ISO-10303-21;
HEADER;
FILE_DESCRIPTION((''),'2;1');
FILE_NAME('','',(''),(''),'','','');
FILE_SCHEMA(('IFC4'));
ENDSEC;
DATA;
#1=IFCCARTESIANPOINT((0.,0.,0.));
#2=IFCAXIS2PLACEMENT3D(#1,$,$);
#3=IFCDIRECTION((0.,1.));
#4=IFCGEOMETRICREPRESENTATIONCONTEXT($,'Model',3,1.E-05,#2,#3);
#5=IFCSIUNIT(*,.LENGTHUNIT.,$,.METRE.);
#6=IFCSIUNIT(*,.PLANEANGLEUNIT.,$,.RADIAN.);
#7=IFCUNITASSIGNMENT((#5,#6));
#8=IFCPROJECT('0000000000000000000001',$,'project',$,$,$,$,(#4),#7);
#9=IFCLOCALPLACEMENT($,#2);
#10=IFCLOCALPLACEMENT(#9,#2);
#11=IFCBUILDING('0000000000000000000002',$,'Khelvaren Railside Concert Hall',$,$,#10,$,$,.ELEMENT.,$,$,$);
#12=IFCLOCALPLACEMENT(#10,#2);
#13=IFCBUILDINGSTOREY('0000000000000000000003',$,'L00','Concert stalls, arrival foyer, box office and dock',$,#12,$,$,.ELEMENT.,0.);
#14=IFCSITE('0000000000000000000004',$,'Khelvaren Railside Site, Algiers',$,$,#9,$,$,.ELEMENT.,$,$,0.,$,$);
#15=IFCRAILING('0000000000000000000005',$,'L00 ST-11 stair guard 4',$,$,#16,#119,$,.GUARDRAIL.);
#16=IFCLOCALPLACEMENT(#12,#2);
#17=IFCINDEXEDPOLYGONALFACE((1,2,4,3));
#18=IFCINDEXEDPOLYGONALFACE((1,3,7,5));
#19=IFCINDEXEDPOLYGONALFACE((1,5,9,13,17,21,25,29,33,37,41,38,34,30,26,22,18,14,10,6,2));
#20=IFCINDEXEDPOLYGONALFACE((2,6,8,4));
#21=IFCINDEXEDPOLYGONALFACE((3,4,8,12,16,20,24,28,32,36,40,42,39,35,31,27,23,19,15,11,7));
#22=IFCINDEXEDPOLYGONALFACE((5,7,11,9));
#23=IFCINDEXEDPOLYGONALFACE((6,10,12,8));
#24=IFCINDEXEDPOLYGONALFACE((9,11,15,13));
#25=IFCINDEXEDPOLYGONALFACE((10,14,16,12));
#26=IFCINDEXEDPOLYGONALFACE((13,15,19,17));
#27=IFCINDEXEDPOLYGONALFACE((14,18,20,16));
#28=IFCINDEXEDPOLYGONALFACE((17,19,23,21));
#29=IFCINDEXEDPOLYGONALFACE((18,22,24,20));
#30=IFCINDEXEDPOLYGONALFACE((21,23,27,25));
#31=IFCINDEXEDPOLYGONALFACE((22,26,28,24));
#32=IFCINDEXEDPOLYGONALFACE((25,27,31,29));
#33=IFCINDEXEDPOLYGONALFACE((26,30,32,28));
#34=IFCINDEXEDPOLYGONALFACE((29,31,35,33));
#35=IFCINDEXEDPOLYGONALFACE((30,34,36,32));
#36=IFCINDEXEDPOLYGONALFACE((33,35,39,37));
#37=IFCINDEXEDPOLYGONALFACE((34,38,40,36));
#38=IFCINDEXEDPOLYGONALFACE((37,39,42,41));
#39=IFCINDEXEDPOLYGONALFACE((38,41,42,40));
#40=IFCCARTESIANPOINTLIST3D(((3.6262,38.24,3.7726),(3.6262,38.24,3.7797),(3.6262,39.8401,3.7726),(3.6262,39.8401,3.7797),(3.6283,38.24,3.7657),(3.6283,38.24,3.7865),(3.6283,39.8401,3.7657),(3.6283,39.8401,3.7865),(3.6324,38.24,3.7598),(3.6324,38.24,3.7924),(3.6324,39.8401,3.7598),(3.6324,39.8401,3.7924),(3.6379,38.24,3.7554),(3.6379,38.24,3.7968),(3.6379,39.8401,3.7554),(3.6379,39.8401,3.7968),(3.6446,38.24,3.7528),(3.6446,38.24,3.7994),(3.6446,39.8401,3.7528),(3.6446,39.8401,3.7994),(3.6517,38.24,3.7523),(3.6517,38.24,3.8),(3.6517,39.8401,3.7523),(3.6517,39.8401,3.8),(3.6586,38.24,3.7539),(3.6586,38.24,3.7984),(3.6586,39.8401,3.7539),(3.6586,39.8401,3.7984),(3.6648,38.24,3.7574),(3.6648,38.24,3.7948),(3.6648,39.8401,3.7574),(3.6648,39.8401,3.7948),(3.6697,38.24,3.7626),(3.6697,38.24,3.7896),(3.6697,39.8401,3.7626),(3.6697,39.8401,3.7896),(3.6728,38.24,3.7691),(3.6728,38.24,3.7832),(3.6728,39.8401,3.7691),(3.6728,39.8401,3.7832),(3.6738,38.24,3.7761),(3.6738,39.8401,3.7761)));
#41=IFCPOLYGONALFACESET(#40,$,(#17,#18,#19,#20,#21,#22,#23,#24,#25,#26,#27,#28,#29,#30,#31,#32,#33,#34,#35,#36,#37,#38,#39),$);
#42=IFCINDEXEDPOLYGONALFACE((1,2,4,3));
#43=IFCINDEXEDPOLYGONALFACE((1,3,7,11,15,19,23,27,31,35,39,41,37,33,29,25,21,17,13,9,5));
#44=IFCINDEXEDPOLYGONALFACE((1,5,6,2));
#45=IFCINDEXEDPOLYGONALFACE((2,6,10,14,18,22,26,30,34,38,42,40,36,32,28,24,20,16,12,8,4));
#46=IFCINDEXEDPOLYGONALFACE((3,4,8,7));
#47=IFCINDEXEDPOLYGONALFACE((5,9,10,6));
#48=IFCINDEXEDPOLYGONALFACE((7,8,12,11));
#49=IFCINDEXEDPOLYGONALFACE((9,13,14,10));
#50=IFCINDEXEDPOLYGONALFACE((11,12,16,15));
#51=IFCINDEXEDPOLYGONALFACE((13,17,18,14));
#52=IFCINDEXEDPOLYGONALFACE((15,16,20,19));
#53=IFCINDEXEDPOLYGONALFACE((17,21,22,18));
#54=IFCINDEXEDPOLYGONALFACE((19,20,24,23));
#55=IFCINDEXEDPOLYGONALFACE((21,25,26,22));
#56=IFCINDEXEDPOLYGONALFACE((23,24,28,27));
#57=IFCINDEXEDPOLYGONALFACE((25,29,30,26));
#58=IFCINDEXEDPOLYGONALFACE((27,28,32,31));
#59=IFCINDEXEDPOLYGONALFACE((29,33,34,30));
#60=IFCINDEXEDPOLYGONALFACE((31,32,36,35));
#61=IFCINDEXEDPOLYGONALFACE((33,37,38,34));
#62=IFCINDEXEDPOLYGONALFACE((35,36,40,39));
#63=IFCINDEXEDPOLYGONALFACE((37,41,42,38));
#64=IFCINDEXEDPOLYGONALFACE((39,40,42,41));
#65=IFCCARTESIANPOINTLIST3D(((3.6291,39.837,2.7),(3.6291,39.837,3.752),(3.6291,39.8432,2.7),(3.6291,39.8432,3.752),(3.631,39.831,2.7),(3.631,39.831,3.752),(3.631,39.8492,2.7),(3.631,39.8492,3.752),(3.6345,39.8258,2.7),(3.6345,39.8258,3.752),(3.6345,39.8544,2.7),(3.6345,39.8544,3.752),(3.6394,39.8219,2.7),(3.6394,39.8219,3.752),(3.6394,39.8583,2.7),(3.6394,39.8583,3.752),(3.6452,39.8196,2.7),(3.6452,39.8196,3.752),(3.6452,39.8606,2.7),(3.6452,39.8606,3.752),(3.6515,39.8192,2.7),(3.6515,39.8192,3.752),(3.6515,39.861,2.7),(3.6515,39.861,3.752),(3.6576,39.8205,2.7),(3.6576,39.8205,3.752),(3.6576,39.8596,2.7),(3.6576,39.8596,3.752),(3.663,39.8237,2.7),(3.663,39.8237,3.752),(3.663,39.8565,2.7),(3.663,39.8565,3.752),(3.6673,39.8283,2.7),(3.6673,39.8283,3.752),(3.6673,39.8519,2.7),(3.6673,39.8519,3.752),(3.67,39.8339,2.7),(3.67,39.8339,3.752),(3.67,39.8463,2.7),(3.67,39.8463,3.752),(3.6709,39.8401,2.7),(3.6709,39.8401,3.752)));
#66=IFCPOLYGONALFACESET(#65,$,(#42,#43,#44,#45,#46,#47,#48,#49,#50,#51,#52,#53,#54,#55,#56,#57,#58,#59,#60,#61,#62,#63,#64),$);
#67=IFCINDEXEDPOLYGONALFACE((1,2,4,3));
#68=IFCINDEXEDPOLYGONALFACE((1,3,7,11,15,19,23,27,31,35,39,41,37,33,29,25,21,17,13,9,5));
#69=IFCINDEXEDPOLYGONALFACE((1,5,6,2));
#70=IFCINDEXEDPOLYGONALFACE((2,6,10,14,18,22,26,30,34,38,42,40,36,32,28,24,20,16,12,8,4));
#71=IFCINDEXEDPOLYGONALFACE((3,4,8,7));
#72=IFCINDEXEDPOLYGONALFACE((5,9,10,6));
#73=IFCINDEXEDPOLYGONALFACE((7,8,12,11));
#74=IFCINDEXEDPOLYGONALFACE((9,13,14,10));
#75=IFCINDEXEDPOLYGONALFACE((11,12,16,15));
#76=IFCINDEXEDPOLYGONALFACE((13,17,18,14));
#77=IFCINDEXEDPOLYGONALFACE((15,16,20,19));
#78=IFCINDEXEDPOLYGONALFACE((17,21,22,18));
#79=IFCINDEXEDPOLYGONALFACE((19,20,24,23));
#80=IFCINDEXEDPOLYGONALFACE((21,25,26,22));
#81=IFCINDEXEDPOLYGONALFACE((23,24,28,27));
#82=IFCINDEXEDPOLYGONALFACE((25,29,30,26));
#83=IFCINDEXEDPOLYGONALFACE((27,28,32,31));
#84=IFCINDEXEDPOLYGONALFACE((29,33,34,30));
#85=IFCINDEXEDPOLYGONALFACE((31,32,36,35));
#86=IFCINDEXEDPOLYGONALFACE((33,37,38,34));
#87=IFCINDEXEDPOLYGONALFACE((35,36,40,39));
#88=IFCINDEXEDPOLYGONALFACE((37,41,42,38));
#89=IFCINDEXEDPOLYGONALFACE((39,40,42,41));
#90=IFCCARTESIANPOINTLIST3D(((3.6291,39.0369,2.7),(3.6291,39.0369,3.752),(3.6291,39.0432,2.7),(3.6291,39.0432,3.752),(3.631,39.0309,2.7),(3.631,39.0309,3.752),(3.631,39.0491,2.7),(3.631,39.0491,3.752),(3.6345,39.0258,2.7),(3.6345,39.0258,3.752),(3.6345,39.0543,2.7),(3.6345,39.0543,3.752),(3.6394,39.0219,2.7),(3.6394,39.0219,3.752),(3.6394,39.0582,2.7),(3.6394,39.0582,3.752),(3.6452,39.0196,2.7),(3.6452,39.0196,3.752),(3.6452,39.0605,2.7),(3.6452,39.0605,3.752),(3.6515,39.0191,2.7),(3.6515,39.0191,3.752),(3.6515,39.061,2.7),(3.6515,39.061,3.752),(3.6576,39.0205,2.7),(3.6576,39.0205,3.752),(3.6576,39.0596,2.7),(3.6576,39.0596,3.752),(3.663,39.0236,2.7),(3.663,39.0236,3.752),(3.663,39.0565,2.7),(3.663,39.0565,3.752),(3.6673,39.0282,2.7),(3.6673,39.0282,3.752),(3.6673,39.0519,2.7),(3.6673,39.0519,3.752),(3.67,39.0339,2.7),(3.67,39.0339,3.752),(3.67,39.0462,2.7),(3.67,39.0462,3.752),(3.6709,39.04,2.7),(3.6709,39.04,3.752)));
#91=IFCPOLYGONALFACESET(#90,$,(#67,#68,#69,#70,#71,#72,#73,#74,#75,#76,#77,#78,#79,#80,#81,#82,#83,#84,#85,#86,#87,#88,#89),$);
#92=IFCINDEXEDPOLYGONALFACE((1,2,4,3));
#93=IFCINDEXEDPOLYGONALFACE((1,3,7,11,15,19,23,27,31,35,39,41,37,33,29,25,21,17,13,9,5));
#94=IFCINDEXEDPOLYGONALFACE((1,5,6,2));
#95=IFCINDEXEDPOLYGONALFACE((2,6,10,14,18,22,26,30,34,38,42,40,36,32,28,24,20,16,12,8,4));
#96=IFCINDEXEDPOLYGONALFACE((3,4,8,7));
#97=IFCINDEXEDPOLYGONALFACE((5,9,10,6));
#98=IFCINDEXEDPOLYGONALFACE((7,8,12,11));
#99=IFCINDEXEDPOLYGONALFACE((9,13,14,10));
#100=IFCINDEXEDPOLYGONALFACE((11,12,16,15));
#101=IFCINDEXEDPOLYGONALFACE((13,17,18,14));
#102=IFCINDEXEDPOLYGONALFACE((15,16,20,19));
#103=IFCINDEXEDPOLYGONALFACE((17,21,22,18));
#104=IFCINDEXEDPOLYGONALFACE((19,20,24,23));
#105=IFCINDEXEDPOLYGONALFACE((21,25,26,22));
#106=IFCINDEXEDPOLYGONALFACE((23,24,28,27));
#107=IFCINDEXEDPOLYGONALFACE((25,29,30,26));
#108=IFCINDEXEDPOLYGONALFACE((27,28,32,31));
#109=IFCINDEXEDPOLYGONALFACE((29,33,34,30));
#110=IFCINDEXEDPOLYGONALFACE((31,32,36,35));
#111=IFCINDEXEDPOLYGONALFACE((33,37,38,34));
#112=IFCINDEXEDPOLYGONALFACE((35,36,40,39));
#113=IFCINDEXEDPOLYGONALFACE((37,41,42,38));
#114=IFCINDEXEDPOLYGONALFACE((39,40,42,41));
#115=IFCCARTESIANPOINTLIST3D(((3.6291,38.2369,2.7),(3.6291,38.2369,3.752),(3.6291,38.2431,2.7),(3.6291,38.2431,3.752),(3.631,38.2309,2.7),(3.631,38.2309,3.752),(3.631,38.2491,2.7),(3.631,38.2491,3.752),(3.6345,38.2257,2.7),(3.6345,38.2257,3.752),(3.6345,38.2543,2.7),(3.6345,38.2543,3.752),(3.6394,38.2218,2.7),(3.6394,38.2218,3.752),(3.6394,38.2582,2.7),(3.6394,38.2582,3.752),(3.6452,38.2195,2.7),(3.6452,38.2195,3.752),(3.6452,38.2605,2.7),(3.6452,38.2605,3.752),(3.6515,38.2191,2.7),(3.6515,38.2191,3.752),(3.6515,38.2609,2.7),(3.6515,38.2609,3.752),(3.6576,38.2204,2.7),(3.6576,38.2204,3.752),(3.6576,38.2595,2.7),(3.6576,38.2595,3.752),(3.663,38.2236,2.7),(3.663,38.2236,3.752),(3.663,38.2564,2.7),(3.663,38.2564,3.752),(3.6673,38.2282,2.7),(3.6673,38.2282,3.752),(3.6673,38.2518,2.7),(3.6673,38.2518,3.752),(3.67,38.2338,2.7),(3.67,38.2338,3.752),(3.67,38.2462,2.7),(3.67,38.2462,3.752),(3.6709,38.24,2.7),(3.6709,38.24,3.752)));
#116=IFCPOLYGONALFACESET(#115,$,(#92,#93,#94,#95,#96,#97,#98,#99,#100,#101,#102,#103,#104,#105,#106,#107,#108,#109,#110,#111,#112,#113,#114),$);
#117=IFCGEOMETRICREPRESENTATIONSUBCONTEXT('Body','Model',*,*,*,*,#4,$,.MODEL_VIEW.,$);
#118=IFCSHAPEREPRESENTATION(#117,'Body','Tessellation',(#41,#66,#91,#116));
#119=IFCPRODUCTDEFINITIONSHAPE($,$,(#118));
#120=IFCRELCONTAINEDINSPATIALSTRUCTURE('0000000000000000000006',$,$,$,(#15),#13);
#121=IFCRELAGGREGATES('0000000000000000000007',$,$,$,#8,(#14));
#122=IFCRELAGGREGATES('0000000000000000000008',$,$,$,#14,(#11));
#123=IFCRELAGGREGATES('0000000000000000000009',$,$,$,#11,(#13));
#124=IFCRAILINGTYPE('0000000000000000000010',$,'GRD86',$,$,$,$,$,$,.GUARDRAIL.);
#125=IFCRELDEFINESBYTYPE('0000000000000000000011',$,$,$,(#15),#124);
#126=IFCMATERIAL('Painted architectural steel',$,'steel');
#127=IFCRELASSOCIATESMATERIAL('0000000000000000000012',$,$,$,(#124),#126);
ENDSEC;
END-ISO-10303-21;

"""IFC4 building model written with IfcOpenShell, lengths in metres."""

from ifc_helpers import new_model, si_unit, direction, frame, origin, origin_2d, place, context, subcontext, project, spatial, circle, extrude, material, type_object, element, save


model = new_model("IFC4")

# Units and contexts
model_context = context("Model", 3, precision=1e-05, world=origin(), true_north=direction((0.0, 1.0)))
body_context = subcontext(model_context, "Body", "Model", "MODEL_VIEW")
ifc_project = project(units=[si_unit("LENGTHUNIT", "METRE"), si_unit("PLANEANGLEUNIT", "RADIAN")], contexts=[model_context])

# Site, building, storey
site_placement = place(None, origin())
site = spatial("IfcSite", under=ifc_project, at=site_placement, Name="Khelvaren Railside Site, Algiers", CompositionType="ELEMENT", RefElevation=0.0)
building_placement = place(site_placement, origin())
building = spatial("IfcBuilding", under=site, at=building_placement, Name="Khelvaren Railside Concert Hall", CompositionType="ELEMENT")
storey_placement = place(building_placement, origin())
storey = spatial("IfcBuildingStorey", under=building, at=storey_placement, Name="L00", Description="Concert stalls, arrival foyer, box office and dock", CompositionType="ELEMENT", Elevation=0.0)

# Railing
ifc_material_1 = material(Name="Painted architectural steel", Category="steel")
railing_type_1 = type_object("IfcRailingType", Name="GRD86", PredefinedType="GUARDRAIL", material=ifc_material_1)
railing_1_placement = place(storey_placement, frame((3.6499, 39.8401, 2.7)))
element("IfcRailing", 1, at=railing_1_placement, inside=storey, type_object=railing_type_1, Name="L00 ST-11 stair guard 4", PredefinedType="GUARDRAIL", context=body_context, shape_type="SweptSolid", body=[
    extrude(circle(Radius=0.0239, at=origin_2d()), frame((0.0, 0.0, 1.0762), z_axis=(0.0, -1.0, 0.0), x_axis=(1.0, 0.0, 0.0)), (0.0, 0.0, 1.0), 1.6001),
    extrude(circle(Radius=0.021, at=origin_2d()), origin(), (0.0, 0.0, 1.0), 1.052),
    extrude(circle(Radius=0.021, at=origin_2d()), frame((0.0, -0.8, 0.0)), (0.0, 0.0, 1.0), 1.052),
    extrude(circle(Radius=0.021, at=origin_2d()), frame((0.0, -1.6001, 0.0)), (0.0, 0.0, 1.0), 1.052),
])

save(model, "model.ifc")
